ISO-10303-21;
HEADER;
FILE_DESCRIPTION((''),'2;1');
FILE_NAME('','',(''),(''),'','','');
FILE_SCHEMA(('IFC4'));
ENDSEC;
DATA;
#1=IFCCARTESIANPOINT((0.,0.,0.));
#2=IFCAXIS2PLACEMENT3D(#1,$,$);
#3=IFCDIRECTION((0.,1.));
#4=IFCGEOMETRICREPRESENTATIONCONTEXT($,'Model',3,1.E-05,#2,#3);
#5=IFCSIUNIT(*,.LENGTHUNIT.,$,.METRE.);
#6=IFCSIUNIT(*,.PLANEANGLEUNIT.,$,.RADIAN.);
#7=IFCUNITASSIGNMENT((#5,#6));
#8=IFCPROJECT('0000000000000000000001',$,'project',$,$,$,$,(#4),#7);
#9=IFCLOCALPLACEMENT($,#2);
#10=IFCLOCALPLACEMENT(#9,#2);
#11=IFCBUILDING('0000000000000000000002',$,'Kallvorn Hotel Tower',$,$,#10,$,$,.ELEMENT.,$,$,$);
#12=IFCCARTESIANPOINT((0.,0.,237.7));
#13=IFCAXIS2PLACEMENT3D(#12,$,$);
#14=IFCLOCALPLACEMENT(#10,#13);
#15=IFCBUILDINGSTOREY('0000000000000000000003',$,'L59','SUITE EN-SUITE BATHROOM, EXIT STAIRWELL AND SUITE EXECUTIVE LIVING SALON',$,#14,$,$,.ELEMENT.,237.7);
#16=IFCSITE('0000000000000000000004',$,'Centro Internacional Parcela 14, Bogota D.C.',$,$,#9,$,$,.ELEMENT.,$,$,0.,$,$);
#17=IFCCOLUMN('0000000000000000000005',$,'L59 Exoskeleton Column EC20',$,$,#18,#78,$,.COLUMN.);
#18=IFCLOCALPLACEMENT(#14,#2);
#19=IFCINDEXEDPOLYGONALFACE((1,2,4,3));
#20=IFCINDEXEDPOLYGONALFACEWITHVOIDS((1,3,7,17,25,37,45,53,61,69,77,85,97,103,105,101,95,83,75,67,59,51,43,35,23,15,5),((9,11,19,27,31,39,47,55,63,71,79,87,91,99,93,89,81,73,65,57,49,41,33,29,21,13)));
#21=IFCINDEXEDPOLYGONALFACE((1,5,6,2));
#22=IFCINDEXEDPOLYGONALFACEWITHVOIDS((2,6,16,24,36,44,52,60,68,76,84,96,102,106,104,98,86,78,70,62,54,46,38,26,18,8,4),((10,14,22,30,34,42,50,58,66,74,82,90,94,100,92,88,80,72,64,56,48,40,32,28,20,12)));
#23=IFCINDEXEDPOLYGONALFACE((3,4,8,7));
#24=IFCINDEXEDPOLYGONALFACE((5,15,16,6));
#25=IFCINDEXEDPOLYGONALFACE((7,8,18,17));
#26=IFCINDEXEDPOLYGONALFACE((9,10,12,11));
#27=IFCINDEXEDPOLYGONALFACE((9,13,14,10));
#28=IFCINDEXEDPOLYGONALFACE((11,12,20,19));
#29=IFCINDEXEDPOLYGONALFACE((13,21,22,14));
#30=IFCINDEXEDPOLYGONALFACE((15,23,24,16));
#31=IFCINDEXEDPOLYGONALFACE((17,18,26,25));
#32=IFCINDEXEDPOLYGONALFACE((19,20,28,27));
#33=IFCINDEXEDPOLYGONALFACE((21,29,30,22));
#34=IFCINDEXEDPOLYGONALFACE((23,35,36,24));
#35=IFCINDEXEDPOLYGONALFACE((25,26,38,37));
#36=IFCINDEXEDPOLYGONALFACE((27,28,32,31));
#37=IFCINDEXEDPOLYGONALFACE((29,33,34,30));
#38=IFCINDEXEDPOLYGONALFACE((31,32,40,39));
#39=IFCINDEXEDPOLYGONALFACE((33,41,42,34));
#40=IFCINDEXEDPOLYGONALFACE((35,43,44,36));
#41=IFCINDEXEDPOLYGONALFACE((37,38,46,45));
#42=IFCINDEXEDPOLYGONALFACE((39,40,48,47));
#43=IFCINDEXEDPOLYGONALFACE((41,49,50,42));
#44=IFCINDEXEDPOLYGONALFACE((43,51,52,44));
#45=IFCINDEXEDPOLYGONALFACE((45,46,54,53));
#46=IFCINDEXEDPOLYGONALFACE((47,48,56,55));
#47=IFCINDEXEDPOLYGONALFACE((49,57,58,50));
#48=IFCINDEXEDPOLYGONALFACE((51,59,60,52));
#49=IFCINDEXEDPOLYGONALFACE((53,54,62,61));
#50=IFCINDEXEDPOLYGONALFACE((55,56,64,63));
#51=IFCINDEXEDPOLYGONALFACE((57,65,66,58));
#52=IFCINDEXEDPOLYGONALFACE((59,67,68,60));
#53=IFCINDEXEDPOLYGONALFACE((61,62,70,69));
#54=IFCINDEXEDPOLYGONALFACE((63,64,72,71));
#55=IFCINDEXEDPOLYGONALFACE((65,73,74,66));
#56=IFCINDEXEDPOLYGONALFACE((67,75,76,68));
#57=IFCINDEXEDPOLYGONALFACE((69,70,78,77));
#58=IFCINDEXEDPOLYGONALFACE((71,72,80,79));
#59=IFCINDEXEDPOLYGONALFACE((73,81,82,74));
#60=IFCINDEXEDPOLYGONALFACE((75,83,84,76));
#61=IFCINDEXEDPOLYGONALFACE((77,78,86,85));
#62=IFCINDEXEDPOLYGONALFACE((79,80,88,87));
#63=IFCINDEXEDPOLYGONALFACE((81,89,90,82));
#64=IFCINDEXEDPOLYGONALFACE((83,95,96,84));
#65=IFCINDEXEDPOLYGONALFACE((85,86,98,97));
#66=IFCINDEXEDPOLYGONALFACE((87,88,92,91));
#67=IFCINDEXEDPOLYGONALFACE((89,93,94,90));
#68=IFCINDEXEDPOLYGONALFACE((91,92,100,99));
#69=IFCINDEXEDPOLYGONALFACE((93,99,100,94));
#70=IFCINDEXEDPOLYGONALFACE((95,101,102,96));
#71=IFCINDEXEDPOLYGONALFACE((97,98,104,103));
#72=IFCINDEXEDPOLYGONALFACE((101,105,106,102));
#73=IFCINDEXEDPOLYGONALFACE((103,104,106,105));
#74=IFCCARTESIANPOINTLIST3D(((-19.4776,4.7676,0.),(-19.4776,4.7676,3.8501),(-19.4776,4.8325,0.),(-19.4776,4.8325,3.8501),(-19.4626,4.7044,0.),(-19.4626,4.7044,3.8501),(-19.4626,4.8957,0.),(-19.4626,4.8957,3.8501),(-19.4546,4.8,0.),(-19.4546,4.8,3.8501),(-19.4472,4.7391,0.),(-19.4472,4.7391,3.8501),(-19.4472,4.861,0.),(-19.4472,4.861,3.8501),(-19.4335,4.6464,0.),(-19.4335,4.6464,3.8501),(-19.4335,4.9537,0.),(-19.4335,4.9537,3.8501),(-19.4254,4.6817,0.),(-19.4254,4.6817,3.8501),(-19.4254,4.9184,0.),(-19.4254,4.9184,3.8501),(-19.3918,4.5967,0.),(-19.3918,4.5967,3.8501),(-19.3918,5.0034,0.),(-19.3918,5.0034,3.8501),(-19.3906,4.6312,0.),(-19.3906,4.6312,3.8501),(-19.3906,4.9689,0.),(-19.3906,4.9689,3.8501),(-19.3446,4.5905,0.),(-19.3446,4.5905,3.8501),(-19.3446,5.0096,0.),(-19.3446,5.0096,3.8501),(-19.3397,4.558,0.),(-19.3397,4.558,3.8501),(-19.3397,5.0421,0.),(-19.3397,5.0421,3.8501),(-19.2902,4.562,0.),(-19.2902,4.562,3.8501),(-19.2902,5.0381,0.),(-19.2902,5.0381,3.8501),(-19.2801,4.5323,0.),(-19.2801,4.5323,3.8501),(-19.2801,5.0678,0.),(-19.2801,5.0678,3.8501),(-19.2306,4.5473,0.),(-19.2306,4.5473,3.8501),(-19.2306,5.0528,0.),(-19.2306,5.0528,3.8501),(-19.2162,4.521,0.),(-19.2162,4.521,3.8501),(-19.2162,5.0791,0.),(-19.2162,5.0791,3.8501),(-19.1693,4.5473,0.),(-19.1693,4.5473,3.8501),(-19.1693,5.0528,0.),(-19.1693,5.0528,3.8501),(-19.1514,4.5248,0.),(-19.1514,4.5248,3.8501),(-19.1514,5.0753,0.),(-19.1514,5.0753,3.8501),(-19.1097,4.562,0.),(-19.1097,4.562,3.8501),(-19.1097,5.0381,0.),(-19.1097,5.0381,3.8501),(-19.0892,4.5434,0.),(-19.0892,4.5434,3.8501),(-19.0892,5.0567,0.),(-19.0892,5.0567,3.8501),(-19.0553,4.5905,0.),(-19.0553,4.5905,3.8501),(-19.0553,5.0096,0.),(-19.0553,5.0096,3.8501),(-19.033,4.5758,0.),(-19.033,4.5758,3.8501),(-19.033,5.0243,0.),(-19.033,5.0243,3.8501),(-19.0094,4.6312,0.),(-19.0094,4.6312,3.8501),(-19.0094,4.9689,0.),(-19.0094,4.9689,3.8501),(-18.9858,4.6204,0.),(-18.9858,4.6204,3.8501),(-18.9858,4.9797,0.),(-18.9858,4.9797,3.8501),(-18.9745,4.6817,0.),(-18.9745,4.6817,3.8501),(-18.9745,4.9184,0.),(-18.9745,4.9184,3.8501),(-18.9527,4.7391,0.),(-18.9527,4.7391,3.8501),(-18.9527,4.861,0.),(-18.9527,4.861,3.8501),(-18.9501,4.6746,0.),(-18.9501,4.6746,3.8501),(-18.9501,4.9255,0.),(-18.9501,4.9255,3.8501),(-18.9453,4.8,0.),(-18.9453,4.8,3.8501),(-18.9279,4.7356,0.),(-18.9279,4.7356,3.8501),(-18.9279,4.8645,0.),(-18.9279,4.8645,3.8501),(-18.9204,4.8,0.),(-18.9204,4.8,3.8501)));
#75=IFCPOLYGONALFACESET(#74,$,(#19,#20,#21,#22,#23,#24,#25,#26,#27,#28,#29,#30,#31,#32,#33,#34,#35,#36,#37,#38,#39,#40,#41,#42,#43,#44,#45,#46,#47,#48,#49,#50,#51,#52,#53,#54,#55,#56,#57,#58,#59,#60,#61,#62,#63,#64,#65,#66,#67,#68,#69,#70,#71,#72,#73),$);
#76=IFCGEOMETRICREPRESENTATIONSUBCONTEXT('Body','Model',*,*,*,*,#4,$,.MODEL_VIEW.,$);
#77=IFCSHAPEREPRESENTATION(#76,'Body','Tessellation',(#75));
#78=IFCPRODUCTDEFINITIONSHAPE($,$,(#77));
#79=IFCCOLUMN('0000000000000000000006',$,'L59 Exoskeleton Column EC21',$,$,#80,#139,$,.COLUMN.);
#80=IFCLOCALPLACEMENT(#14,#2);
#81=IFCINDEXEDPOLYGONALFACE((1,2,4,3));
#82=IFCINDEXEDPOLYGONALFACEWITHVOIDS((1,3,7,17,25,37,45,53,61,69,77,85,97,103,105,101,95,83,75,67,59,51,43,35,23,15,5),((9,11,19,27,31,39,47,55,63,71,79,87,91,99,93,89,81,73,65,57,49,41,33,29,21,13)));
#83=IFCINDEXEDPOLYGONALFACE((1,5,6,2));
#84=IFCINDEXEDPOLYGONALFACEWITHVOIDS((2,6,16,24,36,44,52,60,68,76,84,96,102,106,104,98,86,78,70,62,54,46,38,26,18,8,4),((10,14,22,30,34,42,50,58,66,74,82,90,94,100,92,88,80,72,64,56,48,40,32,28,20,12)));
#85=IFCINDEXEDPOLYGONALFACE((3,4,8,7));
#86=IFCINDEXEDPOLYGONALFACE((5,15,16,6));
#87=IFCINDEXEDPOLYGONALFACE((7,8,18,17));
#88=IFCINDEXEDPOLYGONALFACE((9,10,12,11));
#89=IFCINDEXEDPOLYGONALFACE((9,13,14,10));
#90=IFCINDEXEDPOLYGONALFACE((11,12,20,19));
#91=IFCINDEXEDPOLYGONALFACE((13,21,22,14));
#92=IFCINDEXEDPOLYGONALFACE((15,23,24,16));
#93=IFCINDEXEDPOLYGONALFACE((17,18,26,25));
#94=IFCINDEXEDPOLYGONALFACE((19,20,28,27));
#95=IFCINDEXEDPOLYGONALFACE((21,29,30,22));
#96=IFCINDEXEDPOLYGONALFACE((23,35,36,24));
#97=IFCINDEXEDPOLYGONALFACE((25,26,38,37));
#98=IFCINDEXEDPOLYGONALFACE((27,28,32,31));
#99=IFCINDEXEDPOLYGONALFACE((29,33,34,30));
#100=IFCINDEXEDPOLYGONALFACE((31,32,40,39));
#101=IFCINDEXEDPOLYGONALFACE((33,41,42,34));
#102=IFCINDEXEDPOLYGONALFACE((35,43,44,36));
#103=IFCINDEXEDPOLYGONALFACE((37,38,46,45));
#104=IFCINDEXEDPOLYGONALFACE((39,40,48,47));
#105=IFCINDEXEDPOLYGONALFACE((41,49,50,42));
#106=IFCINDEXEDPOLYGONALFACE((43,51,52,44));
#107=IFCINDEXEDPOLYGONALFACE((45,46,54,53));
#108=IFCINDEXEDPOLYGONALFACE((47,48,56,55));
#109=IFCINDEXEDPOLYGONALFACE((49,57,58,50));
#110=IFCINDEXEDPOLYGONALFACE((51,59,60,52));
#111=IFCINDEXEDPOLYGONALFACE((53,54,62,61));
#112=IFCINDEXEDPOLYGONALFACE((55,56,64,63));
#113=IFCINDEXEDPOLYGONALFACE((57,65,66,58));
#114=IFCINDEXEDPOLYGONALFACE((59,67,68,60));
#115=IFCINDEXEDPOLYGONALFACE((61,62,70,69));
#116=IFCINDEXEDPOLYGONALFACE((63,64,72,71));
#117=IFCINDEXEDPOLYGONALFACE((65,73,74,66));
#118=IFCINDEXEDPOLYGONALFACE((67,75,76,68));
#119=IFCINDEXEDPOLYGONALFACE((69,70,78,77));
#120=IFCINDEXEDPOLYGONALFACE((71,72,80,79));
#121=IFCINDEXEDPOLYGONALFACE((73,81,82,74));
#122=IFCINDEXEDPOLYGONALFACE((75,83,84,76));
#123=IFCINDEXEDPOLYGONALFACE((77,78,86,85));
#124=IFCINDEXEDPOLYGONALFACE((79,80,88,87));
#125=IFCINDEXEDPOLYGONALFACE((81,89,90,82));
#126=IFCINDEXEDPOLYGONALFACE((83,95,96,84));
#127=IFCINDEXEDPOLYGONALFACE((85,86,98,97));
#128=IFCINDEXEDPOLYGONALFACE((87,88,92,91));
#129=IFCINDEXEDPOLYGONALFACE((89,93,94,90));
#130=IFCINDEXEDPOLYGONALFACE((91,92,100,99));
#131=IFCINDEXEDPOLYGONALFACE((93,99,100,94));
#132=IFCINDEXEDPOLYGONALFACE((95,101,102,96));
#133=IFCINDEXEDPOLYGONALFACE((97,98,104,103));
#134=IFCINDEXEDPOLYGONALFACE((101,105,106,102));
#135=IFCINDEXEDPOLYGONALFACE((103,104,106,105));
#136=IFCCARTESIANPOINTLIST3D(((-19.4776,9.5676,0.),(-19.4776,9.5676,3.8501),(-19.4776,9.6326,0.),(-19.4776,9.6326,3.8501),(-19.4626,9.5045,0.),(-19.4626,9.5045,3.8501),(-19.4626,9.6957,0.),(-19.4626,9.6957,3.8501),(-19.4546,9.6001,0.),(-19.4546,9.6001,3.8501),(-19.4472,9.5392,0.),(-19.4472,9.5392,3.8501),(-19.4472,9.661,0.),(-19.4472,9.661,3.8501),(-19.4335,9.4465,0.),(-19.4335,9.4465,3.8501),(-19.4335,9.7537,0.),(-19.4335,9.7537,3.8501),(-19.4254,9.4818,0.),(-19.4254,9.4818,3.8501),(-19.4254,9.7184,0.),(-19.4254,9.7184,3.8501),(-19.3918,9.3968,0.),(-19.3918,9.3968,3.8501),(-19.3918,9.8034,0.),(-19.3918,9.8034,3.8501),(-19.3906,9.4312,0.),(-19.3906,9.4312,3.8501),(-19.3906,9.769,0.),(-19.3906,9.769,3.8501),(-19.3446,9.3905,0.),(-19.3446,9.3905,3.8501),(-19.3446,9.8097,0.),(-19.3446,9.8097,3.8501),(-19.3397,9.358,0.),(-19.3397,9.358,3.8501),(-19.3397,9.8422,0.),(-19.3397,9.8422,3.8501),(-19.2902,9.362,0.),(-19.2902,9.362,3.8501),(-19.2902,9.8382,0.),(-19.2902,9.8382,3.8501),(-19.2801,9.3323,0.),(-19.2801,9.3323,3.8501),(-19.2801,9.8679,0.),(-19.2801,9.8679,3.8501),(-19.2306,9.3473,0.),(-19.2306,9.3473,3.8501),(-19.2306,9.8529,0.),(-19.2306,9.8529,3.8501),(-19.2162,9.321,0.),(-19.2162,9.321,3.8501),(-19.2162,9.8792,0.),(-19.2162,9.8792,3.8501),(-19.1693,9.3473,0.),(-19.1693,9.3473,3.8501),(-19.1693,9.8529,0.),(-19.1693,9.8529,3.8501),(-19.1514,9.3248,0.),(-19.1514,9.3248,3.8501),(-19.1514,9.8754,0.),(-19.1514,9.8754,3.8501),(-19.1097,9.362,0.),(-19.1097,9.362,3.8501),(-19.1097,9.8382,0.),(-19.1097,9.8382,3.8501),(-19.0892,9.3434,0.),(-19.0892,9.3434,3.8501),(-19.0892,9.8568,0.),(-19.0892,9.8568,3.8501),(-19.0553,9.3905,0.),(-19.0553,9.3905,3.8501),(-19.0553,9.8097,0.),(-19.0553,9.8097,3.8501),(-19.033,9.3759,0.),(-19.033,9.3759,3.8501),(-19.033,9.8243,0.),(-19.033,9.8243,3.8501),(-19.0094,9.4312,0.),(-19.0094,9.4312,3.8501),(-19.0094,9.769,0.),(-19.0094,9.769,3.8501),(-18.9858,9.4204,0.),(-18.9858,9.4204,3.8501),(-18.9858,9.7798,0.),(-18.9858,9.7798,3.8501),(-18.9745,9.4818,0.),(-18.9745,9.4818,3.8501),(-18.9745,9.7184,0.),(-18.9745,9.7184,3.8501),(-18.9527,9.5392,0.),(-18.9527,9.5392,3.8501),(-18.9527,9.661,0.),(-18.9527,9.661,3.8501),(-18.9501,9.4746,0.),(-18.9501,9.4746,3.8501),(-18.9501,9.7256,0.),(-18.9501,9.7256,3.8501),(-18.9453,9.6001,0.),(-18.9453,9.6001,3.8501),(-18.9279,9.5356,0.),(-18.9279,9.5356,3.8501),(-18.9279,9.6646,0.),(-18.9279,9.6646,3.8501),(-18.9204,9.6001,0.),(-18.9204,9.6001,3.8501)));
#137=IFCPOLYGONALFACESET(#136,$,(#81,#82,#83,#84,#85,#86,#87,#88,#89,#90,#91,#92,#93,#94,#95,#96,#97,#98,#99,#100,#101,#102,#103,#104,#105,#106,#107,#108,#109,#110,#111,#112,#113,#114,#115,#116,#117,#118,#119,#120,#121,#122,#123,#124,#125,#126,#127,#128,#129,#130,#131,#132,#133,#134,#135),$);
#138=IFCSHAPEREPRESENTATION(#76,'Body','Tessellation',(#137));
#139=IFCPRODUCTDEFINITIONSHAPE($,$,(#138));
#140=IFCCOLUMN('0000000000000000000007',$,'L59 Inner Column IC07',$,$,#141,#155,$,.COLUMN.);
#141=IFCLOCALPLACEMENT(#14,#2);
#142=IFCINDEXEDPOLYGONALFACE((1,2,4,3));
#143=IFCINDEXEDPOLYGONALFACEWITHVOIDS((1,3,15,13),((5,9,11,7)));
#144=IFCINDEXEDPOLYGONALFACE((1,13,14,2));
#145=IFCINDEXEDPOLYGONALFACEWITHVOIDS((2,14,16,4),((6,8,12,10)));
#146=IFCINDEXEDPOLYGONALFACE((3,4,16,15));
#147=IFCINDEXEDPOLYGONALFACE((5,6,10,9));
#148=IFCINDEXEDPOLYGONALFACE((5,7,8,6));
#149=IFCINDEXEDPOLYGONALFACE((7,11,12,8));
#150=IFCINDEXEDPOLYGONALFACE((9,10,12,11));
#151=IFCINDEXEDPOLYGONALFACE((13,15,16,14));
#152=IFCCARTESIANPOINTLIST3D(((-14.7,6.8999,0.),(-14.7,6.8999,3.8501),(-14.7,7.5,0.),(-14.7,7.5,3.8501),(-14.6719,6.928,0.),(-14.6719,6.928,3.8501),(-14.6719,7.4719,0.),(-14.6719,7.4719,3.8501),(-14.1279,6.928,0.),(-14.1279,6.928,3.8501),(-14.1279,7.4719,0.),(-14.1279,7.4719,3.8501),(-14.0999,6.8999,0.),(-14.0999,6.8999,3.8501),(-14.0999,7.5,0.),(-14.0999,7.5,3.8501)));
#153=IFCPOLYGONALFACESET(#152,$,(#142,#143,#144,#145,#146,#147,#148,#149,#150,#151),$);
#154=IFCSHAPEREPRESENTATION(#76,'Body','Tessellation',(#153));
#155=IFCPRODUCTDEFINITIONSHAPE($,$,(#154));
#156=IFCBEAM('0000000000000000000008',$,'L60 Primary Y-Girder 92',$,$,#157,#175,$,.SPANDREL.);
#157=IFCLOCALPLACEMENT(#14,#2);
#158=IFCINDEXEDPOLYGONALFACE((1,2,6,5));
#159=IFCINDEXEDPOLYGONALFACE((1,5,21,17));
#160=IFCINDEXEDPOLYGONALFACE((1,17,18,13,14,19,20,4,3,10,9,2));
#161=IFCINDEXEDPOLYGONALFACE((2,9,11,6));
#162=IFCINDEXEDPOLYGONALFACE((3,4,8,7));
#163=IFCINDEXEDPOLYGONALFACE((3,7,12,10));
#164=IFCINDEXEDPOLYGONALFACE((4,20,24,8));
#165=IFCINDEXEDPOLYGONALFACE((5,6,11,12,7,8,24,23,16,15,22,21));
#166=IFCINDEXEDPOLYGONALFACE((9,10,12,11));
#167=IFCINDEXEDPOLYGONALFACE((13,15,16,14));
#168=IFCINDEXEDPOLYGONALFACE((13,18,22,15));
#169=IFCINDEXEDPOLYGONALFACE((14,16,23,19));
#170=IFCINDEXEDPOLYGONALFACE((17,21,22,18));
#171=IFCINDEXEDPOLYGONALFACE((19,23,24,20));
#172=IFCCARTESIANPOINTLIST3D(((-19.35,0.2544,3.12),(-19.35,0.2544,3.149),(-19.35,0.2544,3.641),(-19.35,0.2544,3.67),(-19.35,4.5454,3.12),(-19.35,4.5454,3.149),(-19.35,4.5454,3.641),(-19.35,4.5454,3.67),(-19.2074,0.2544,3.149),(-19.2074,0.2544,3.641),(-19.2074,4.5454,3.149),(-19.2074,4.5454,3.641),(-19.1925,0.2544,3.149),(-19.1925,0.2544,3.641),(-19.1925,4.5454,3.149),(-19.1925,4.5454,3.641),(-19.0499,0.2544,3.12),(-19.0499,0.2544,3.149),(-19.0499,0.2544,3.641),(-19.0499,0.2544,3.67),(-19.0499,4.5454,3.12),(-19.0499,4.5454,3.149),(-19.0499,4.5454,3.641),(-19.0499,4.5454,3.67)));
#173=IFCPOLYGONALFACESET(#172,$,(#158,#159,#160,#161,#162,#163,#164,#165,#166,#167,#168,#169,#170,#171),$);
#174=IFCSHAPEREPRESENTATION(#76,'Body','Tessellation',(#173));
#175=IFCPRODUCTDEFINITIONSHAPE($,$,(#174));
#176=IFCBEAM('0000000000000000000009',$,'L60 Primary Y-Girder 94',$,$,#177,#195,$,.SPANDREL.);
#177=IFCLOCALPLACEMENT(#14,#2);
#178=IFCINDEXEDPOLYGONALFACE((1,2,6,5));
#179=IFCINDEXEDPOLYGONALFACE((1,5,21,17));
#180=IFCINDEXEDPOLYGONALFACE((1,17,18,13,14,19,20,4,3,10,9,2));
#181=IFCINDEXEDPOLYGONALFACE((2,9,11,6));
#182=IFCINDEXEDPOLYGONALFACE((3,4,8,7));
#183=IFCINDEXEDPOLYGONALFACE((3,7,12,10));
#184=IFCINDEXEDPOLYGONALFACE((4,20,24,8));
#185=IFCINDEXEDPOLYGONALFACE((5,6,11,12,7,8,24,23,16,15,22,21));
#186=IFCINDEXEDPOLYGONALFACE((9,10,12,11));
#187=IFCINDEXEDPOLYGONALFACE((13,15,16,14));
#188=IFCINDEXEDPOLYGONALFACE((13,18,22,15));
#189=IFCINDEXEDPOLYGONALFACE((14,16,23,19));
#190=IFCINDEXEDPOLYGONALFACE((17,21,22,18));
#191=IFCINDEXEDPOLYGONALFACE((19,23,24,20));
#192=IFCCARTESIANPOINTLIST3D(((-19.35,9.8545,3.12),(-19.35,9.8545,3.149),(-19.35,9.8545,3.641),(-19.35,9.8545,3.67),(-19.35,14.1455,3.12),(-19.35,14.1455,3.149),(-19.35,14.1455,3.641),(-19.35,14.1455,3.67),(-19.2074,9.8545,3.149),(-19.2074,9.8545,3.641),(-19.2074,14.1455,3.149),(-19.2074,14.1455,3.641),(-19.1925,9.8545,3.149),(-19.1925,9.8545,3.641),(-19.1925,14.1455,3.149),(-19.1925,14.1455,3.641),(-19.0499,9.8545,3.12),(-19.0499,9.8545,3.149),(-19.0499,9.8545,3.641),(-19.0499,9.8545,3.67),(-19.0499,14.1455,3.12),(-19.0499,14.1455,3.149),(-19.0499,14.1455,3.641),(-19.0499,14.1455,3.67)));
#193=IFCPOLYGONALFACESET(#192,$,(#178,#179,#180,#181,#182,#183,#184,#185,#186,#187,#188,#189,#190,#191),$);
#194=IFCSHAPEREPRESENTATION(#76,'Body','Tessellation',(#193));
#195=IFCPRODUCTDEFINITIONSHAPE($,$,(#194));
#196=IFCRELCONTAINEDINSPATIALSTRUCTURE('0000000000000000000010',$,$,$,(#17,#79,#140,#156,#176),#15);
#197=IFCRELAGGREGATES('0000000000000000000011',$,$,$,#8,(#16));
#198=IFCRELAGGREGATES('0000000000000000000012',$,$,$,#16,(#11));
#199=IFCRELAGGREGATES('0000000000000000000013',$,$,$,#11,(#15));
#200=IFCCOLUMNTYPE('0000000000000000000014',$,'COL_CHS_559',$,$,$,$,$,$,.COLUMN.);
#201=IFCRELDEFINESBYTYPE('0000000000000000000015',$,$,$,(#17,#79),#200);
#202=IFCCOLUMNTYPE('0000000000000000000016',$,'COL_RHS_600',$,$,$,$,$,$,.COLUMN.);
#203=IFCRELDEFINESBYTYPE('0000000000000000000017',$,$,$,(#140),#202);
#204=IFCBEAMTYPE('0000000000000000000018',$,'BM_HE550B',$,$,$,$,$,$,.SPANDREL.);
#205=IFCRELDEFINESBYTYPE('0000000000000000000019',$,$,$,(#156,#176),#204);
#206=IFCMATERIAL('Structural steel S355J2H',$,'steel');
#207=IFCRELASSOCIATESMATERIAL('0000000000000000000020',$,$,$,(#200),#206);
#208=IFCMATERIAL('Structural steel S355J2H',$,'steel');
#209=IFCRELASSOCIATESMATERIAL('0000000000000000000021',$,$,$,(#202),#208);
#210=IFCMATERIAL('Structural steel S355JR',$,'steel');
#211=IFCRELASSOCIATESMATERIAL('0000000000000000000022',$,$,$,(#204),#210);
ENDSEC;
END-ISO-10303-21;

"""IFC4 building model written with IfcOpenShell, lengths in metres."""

from ifc_helpers import new_model, si_unit, direction, frame, origin, origin_2d, place, context, subcontext, project, spatial, hollow_rectangle, hollow_circle, i_section, extrude, material, material_profile, profile_set, type_object, element, save


model = new_model("IFC4")

# Units and contexts
model_context = context("Model", 3, precision=1e-05, world=origin(), true_north=direction((0.0, 1.0)))
body_context = subcontext(model_context, "Body", "Model", "MODEL_VIEW")
ifc_project = project(units=[si_unit("LENGTHUNIT", "METRE"), si_unit("PLANEANGLEUNIT", "RADIAN")], contexts=[model_context])

# Site, building, storey
site_placement = place(None, origin())
site = spatial("IfcSite", under=ifc_project, at=site_placement, Name="Centro Internacional Parcela 14, Bogota D.C.", CompositionType="ELEMENT", RefElevation=0.0)
building_placement = place(site_placement, origin())
building = spatial("IfcBuilding", under=site, at=building_placement, Name="Kallvorn Hotel Tower", CompositionType="ELEMENT")
storey_placement = place(building_placement, frame((0.0, 0.0, 237.7)))
storey = spatial("IfcBuildingStorey", under=building, at=storey_placement, Name="L59", Description="SUITE EN-SUITE BATHROOM, EXIT STAIRWELL AND SUITE EXECUTIVE LIVING SALON", CompositionType="ELEMENT", Elevation=237.7)

# Columns
ifc_material_1 = material(Name="Structural steel S355J2H", Category="steel")
ifc_material_profile_1 = material_profile(ifc_material_1, hollow_circle(Radius=0.2795, WallThickness=0.0249, at=origin_2d()), Name="CHS 559x25")
ifc_profile_set_1 = profile_set([ifc_material_profile_1], Name="Structural steel S355J2H")
column_type_1 = type_object("IfcColumnType", Name="COL_CHS_559", PredefinedType="COLUMN", material=ifc_profile_set_1)
for number, where, z_axis, x_axis, name in (
    (1, (-19.2, 4.8, 0.0), (0.0, 0.0, 1.0), (1.0, 0.0, 0.0), "L59 Exoskeleton Column EC20"),
    (2, (-19.2, 9.6001, 0.0), (0.0, 0.0, 1.0), (1.0, 0.0, 0.0), "L59 Exoskeleton Column EC21"),
):
    element("IfcColumn", number, at=place(storey_placement, frame(where, z_axis=z_axis, x_axis=x_axis)), inside=storey, type_object=column_type_1, Name=name, PredefinedType="COLUMN", context=body_context, shape_type="SweptSolid", body=[
        extrude(hollow_circle(Radius=0.2795, WallThickness=0.0249, at=origin_2d()), origin(), (0.0, 0.0, 1.0), 3.8501),
    ])
ifc_material_2 = material(Name="Structural steel S355J2H", Category="steel")
ifc_material_profile_2 = material_profile(ifc_material_2, hollow_rectangle(XDim=0.6001, YDim=0.6001, WallThickness=0.0281, at=origin_2d()), Name="RHS 600x600x28")
ifc_profile_set_2 = profile_set([ifc_material_profile_2], Name="Structural steel S355J2H")
column_type_2 = type_object("IfcColumnType", Name="COL_RHS_600", PredefinedType="COLUMN", material=ifc_profile_set_2)
column_placement = place(storey_placement, frame((-14.3999, 7.2, 0.0), z_axis=(0.0, 0.0, 1.0), x_axis=(1.0, 0.0, 0.0)))
element("IfcColumn", 3, at=column_placement, inside=storey, type_object=column_type_2, Name="L59 Inner Column IC07", PredefinedType="COLUMN", context=body_context, shape_type="SweptSolid", body=[
    extrude(hollow_rectangle(XDim=0.6001, YDim=0.6001, WallThickness=0.0281, at=origin_2d()), origin(), (0.0, 0.0, 1.0), 3.8501),
])

# Beams
ifc_material_3 = material(Name="Structural steel S355JR", Category="steel")
ifc_material_profile_3 = material_profile(ifc_material_3, i_section(OverallWidth=0.3, OverallDepth=0.55, WebThickness=0.0149, FlangeThickness=0.0291, at=origin_2d()), Name="HE 550 B")
ifc_profile_set_3 = profile_set([ifc_material_profile_3], Name="Structural steel S355JR")
beam_type_1 = type_object("IfcBeamType", Name="BM_HE550B", PredefinedType="SPANDREL", material=ifc_profile_set_3)
for number, where, z_axis, x_axis, name in (
    (4, (-19.2, 0.2544, 3.395), (0.0, 1.0, 0.0), (-1.0, 0.0, 0.0), "L60 Primary Y-Girder 92"),
    (5, (-19.2, 9.8545, 3.395), (0.0, 1.0, 0.0), (-1.0, 0.0, 0.0), "L60 Primary Y-Girder 94"),
):
    element("IfcBeam", number, at=place(storey_placement, frame(where, z_axis=z_axis, x_axis=x_axis)), inside=storey, type_object=beam_type_1, Name=name, PredefinedType="SPANDREL", context=body_context, shape_type="SweptSolid", body=[
        extrude(i_section(OverallWidth=0.3, OverallDepth=0.55, WebThickness=0.0149, FlangeThickness=0.0291, at=origin_2d()), origin(), (0.0, 0.0, 1.0), 4.291),
    ])

save(model, "model.ifc")
